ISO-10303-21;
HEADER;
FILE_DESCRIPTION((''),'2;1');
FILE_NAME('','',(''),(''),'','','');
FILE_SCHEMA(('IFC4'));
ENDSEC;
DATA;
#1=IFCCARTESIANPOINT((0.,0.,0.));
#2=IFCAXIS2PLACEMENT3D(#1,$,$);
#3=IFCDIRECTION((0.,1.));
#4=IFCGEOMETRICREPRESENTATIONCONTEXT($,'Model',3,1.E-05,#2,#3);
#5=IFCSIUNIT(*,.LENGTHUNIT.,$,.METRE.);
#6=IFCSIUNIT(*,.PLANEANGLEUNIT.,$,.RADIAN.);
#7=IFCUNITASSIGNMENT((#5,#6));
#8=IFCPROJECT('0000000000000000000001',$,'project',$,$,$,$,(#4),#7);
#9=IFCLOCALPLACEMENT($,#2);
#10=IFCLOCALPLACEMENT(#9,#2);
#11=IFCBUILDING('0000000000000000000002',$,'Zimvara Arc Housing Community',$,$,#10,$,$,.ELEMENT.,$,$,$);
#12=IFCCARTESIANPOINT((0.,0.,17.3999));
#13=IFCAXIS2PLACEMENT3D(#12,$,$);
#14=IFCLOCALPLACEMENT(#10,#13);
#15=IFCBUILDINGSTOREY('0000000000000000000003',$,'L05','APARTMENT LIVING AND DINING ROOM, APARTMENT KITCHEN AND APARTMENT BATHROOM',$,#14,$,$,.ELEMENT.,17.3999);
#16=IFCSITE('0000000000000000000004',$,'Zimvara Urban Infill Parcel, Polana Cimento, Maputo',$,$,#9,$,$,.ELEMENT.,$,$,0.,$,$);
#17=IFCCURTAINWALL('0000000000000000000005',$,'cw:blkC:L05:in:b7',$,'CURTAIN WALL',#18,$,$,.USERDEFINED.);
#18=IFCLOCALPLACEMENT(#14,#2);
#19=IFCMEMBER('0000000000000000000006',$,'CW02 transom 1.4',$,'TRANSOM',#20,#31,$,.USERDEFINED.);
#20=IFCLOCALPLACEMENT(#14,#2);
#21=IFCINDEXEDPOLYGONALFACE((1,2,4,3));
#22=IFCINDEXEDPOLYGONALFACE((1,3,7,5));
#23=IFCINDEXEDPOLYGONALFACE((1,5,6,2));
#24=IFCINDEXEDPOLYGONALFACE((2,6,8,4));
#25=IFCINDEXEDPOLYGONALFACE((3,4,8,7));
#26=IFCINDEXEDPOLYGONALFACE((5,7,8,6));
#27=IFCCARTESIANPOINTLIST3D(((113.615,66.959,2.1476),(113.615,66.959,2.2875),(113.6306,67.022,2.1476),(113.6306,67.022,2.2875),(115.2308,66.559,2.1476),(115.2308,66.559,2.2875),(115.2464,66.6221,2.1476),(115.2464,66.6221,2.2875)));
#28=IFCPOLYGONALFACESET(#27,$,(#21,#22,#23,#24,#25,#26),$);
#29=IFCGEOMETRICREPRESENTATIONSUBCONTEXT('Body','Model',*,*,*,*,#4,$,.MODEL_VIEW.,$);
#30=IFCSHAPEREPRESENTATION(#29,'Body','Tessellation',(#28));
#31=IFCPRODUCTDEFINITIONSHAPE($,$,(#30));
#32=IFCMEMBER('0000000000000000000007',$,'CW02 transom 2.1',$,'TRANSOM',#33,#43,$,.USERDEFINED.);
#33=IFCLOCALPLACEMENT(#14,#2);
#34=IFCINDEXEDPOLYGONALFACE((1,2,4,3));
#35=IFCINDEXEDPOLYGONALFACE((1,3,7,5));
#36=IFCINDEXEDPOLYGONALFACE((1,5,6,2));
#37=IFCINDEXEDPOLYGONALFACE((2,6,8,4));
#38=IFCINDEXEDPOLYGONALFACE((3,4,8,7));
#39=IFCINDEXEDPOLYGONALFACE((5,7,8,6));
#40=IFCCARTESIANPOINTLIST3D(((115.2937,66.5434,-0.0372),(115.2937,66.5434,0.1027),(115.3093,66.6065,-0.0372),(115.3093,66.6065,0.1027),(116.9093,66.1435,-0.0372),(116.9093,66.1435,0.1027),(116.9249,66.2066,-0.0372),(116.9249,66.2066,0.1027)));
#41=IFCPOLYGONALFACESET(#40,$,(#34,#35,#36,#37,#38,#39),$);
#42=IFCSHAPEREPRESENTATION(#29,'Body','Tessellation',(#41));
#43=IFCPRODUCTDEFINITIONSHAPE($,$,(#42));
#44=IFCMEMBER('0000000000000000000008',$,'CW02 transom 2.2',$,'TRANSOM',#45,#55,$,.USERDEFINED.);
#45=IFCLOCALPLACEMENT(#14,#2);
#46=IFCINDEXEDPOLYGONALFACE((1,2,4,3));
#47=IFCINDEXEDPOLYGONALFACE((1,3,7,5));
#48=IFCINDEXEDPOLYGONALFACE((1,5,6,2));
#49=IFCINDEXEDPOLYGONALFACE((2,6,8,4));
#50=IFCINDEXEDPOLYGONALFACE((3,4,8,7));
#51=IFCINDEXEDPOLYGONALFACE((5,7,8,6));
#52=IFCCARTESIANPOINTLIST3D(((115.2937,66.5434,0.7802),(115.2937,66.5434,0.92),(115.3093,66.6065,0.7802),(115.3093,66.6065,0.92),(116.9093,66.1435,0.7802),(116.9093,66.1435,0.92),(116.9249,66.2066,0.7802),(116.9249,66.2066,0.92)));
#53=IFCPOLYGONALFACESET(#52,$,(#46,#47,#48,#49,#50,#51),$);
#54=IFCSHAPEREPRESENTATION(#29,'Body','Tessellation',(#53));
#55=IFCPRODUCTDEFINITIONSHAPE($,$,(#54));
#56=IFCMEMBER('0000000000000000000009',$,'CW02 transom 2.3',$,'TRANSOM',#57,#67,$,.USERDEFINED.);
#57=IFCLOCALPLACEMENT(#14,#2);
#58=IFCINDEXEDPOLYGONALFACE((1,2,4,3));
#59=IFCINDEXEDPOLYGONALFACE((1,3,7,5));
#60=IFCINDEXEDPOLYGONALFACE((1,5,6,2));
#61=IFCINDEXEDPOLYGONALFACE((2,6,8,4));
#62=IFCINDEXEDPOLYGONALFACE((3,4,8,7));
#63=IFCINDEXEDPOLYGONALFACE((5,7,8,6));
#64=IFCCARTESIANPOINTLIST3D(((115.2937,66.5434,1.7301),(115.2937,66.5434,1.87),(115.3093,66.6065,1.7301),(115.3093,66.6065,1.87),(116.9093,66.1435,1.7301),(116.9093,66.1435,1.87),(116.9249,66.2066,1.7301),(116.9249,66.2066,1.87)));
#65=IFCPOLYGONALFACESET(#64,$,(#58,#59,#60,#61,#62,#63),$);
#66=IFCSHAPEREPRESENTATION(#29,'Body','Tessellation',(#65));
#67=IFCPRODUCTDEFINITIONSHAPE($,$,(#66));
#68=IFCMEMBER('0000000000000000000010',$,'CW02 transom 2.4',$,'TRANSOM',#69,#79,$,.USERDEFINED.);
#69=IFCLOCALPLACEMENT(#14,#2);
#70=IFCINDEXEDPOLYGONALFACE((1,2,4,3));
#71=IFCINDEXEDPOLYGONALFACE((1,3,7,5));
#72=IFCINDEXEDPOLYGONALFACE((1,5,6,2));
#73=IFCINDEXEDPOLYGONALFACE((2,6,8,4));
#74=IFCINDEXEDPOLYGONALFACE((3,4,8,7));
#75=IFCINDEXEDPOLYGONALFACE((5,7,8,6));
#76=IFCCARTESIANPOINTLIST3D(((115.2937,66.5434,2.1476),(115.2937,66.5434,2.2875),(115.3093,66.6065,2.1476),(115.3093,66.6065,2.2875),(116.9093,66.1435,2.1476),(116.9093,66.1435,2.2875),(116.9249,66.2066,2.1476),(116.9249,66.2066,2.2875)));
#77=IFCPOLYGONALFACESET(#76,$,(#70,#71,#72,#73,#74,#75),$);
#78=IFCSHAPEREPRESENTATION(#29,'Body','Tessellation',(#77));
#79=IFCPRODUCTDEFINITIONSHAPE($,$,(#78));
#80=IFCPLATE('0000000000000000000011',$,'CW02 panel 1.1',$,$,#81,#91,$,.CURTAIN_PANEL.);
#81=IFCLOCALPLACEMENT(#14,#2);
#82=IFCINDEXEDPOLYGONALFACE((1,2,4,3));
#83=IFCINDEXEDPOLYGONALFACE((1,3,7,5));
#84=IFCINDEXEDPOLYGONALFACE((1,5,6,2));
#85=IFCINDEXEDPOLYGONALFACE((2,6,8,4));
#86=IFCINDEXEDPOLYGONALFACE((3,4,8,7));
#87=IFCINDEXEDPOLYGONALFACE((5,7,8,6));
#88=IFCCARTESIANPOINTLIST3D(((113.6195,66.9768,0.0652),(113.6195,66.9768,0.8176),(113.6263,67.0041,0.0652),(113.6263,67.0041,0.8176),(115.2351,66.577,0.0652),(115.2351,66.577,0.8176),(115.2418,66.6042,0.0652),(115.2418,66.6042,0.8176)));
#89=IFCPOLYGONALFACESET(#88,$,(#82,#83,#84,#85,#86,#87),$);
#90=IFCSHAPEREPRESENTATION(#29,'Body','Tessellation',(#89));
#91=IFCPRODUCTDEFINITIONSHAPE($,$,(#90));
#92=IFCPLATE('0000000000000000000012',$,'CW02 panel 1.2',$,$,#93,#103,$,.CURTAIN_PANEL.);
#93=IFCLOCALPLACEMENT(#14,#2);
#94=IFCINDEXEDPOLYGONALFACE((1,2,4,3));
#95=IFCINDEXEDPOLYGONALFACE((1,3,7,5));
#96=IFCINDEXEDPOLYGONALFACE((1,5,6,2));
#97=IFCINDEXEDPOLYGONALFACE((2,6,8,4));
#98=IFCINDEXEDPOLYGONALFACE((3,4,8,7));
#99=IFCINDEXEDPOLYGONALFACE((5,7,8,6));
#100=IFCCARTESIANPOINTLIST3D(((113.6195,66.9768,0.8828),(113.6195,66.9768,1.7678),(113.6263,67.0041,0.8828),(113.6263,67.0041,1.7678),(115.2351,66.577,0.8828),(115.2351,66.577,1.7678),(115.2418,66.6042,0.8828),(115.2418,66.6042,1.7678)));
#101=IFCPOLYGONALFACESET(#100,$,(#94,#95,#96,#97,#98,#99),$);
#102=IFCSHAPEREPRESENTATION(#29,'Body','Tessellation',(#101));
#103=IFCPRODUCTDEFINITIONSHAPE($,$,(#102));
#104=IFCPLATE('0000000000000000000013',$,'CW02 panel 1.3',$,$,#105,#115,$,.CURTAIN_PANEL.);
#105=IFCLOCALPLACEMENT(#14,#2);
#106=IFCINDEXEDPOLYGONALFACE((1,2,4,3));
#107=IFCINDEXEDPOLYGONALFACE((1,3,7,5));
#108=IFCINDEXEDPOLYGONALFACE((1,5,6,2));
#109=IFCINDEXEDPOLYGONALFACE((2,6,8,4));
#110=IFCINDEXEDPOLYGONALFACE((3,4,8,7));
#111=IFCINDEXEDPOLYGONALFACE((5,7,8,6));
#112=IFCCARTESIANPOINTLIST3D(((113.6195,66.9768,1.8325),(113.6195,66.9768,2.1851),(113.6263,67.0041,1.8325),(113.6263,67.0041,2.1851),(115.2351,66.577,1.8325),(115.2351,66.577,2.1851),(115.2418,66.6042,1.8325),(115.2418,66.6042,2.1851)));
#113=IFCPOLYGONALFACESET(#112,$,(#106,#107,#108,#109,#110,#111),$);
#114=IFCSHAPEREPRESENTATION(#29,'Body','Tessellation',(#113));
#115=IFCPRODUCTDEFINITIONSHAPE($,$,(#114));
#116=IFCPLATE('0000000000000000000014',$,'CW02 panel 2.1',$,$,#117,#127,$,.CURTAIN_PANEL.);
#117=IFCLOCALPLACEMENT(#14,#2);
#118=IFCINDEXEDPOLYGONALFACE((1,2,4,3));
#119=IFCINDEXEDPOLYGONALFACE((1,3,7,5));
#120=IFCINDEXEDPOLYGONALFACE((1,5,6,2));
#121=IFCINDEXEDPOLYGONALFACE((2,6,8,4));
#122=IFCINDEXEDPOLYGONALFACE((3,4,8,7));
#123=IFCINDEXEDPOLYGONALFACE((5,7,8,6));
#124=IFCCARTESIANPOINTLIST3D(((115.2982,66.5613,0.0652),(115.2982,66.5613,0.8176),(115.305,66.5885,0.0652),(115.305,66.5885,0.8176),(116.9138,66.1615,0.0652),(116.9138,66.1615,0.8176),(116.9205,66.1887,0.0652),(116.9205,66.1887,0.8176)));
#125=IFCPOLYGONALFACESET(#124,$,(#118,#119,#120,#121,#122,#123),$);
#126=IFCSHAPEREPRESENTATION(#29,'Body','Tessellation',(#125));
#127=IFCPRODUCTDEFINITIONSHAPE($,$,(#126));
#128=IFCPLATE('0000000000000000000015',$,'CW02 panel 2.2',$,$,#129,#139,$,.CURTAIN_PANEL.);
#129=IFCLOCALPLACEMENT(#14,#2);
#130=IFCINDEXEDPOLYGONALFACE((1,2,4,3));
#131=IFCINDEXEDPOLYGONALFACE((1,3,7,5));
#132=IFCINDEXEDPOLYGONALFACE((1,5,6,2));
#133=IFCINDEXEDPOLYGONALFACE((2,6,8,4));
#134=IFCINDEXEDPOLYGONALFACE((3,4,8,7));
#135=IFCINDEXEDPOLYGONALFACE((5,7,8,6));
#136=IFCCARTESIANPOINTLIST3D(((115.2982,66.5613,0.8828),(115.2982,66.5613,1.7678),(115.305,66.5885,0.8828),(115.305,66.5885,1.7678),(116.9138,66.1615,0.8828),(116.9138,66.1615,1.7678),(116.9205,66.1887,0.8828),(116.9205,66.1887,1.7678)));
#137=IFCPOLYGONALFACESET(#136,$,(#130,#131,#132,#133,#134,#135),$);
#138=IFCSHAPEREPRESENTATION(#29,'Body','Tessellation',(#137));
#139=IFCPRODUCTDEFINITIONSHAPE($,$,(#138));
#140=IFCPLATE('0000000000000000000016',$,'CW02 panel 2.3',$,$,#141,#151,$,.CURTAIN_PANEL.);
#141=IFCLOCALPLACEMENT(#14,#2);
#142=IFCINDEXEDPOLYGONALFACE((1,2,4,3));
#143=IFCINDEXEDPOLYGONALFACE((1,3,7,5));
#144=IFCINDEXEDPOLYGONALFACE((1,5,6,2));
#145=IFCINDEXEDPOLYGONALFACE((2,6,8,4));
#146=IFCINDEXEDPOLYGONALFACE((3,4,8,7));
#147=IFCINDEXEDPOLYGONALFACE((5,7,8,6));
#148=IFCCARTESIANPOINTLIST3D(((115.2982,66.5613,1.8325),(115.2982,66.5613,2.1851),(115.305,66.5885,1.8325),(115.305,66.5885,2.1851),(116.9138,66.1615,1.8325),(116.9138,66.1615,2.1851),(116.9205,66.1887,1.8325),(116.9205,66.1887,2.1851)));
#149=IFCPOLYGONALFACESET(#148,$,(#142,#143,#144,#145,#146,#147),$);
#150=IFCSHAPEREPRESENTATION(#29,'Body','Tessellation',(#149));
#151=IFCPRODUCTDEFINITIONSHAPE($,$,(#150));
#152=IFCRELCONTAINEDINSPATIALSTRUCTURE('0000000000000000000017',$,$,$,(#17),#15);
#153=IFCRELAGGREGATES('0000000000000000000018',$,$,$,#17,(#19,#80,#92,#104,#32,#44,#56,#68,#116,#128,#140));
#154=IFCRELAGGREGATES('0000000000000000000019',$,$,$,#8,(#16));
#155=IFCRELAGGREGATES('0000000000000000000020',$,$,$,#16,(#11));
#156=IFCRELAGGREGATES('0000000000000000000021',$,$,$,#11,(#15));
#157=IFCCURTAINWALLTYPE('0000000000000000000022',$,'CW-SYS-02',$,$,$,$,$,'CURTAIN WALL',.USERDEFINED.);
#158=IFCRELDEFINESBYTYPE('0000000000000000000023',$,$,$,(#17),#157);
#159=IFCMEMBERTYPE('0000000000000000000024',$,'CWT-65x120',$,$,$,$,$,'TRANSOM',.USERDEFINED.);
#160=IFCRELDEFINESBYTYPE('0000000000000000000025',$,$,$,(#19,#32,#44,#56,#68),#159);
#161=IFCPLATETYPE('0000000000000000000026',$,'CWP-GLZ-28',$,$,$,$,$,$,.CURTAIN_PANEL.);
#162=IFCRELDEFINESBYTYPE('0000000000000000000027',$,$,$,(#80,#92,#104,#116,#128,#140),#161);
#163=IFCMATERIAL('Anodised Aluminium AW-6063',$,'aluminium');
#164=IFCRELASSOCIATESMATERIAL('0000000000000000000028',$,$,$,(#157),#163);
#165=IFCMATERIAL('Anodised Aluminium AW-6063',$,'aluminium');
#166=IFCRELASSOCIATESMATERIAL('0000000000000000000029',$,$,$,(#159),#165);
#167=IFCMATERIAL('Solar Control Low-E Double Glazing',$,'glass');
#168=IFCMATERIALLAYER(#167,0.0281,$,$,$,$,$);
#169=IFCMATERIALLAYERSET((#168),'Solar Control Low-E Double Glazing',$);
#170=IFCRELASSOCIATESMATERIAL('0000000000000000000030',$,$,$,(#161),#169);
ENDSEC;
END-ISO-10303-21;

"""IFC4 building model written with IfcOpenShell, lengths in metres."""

from ifc_helpers import new_model, si_unit, direction, frame, origin, origin_2d, place, context, subcontext, project, spatial, rectangle, extrude, material, layer, layer_set, material_profile, profile_set, type_object, element, aggregate, save


model = new_model("IFC4")

# Units and contexts
model_context = context("Model", 3, precision=1e-05, world=origin(), true_north=direction((0.0, 1.0)))
body_context = subcontext(model_context, "Body", "Model", "MODEL_VIEW")
ifc_project = project(units=[si_unit("LENGTHUNIT", "METRE"), si_unit("PLANEANGLEUNIT", "RADIAN")], contexts=[model_context])

# Site, building, storey
site_placement = place(None, origin())
site = spatial("IfcSite", under=ifc_project, at=site_placement, Name="Zimvara Urban Infill Parcel, Polana Cimento, Maputo", CompositionType="ELEMENT", RefElevation=0.0)
building_placement = place(site_placement, origin())
building = spatial("IfcBuilding", under=site, at=building_placement, Name="Zimvara Arc Housing Community", CompositionType="ELEMENT")
storey_placement = place(building_placement, frame((0.0, 0.0, 17.3999)))
storey = spatial("IfcBuildingStorey", under=building, at=storey_placement, Name="L05", Description="APARTMENT LIVING AND DINING ROOM, APARTMENT KITCHEN AND APARTMENT BATHROOM", CompositionType="ELEMENT", Elevation=17.3999)

# Curtain wall, members, plates
ifc_material_1 = material(Name="Anodised Aluminium AW-6063", Category="aluminium")
curtain_wall_type = type_object("IfcCurtainWallType", Name="CW-SYS-02", ElementType="CURTAIN WALL", PredefinedType="USERDEFINED", material=ifc_material_1)
curtain_wall_placement = place(storey_placement, origin())
curtain_wall = element("IfcCurtainWall", 1, at=curtain_wall_placement, inside=storey, type_object=curtain_wall_type, Name="cw:blkC:L05:in:b7", ObjectType="CURTAIN WALL", PredefinedType="USERDEFINED")
ifc_material_2 = material(Name="Anodised Aluminium AW-6063", Category="aluminium")
ifc_material_profile_1 = material_profile(ifc_material_2, rectangle(XDim=0.0649, YDim=0.1399, at=origin_2d()), Name="ALU 65x140")
ifc_profile_set_1 = profile_set([ifc_material_profile_1], Name="Anodised Aluminium AW-6063")
member_type_1 = type_object("IfcMemberType", Name="CWT-65x120", ElementType="TRANSOM", PredefinedType="USERDEFINED", material=ifc_profile_set_1)
member_1_placement = place(storey_placement, frame((113.6228, 66.9905, 2.2175), z_axis=(0.970709, -0.240257, 0.0), x_axis=(0.240257, 0.970709, 0.0)))
member_1 = element("IfcMember", 2, at=member_1_placement, type_object=member_type_1, Name="CW02 transom 1.4", ObjectType="TRANSOM", PredefinedType="USERDEFINED", context=body_context, shape_type="SweptSolid", body=[
    extrude(rectangle(XDim=0.0649, YDim=0.1399, at=origin_2d()), origin(), (0.0, 0.0, 1.0), 1.6646),
])
member_2_placement = place(storey_placement, frame((115.3015, 66.575, 0.0327), z_axis=(0.970701, -0.240291, 0.0), x_axis=(0.240291, 0.970701, 0.0)))
member_2 = element("IfcMember", 3, at=member_2_placement, type_object=member_type_1, Name="CW02 transom 2.1", ObjectType="TRANSOM", PredefinedType="USERDEFINED", context=body_context, shape_type="SweptSolid", body=[
    extrude(rectangle(XDim=0.0649, YDim=0.1399, at=origin_2d()), origin(), (0.0, 0.0, 1.0), 1.6643),
])
member_3_placement = place(storey_placement, frame((115.3015, 66.575, 0.8501), z_axis=(0.970701, -0.240291, 0.0), x_axis=(0.240291, 0.970701, 0.0)))
member_3 = element("IfcMember", 4, at=member_3_placement, type_object=member_type_1, Name="CW02 transom 2.2", ObjectType="TRANSOM", PredefinedType="USERDEFINED", context=body_context, shape_type="SweptSolid", body=[
    extrude(rectangle(XDim=0.0649, YDim=0.1399, at=origin_2d()), origin(), (0.0, 0.0, 1.0), 1.6643),
])
member_4_placement = place(storey_placement, frame((115.3015, 66.575, 1.8), z_axis=(0.970701, -0.240291, 0.0), x_axis=(0.240291, 0.970701, 0.0)))
member_4 = element("IfcMember", 5, at=member_4_placement, type_object=member_type_1, Name="CW02 transom 2.3", ObjectType="TRANSOM", PredefinedType="USERDEFINED", context=body_context, shape_type="SweptSolid", body=[
    extrude(rectangle(XDim=0.0649, YDim=0.1399, at=origin_2d()), origin(), (0.0, 0.0, 1.0), 1.6643),
])
member_5_placement = place(storey_placement, frame((115.3015, 66.575, 2.2175), z_axis=(0.970701, -0.240291, 0.0), x_axis=(0.240291, 0.970701, 0.0)))
member_5 = element("IfcMember", 6, at=member_5_placement, type_object=member_type_1, Name="CW02 transom 2.4", ObjectType="TRANSOM", PredefinedType="USERDEFINED", context=body_context, shape_type="SweptSolid", body=[
    extrude(rectangle(XDim=0.0649, YDim=0.1399, at=origin_2d()), origin(), (0.0, 0.0, 1.0), 1.6643),
])
ifc_material_3 = material(Name="Solar Control Low-E Double Glazing", Category="glass")
ifc_layer_1 = layer(ifc_material_3, 0.0281)
ifc_layer_set_1 = layer_set([ifc_layer_1], Name="Solar Control Low-E Double Glazing")
plate_type = type_object("IfcPlateType", Name="CWP-GLZ-28", PredefinedType="CURTAIN_PANEL", material=ifc_layer_set_1)
plate_1_placement = place(storey_placement, frame((114.4307, 66.7905, 0.0652), z_axis=(0.0, 0.0, 1.0), x_axis=(0.970717, -0.240228, 0.0)))
plate_1 = element("IfcPlate", 7, at=plate_1_placement, type_object=plate_type, Name="CW02 panel 1.1", PredefinedType="CURTAIN_PANEL", context=body_context, shape_type="SweptSolid", body=[
    extrude(rectangle(XDim=1.6643, YDim=0.0281, at=origin_2d()), origin(), (0.0, 0.0, 1.0), 0.7524),
])
plate_2_placement = place(storey_placement, frame((114.4307, 66.7905, 0.8828), z_axis=(0.0, 0.0, 1.0), x_axis=(0.970717, -0.240228, 0.0)))
plate_2 = element("IfcPlate", 8, at=plate_2_placement, type_object=plate_type, Name="CW02 panel 1.2", PredefinedType="CURTAIN_PANEL", context=body_context, shape_type="SweptSolid", body=[
    extrude(rectangle(XDim=1.6643, YDim=0.0281, at=origin_2d()), origin(), (0.0, 0.0, 1.0), 0.885),
])
plate_3_placement = place(storey_placement, frame((114.4307, 66.7905, 1.8325), z_axis=(0.0, 0.0, 1.0), x_axis=(0.970717, -0.240228, 0.0)))
plate_3 = element("IfcPlate", 9, at=plate_3_placement, type_object=plate_type, Name="CW02 panel 1.3", PredefinedType="CURTAIN_PANEL", context=body_context, shape_type="SweptSolid", body=[
    extrude(rectangle(XDim=1.6643, YDim=0.0281, at=origin_2d()), origin(), (0.0, 0.0, 1.0), 0.3525),
])
plate_4_placement = place(storey_placement, frame((116.1094, 66.375, 0.0652), z_axis=(0.0, 0.0, 1.0), x_axis=(0.970717, -0.240228, 0.0)))
plate_4 = element("IfcPlate", 10, at=plate_4_placement, type_object=plate_type, Name="CW02 panel 2.1", PredefinedType="CURTAIN_PANEL", context=body_context, shape_type="SweptSolid", body=[
    extrude(rectangle(XDim=1.6643, YDim=0.0281, at=origin_2d()), origin(), (0.0, 0.0, 1.0), 0.7524),
])
plate_5_placement = place(storey_placement, frame((116.1094, 66.375, 0.8828), z_axis=(0.0, 0.0, 1.0), x_axis=(0.970717, -0.240228, 0.0)))
plate_5 = element("IfcPlate", 11, at=plate_5_placement, type_object=plate_type, Name="CW02 panel 2.2", PredefinedType="CURTAIN_PANEL", context=body_context, shape_type="SweptSolid", body=[
    extrude(rectangle(XDim=1.6643, YDim=0.0281, at=origin_2d()), origin(), (0.0, 0.0, 1.0), 0.885),
])
plate_6_placement = place(storey_placement, frame((116.1094, 66.375, 1.8325), z_axis=(0.0, 0.0, 1.0), x_axis=(0.970717, -0.240228, 0.0)))
plate_6 = element("IfcPlate", 12, at=plate_6_placement, type_object=plate_type, Name="CW02 panel 2.3", PredefinedType="CURTAIN_PANEL", context=body_context, shape_type="SweptSolid", body=[
    extrude(rectangle(XDim=1.6643, YDim=0.0281, at=origin_2d()), origin(), (0.0, 0.0, 1.0), 0.3525),
])
aggregate(curtain_wall, [member_1, plate_1, plate_2, plate_3, member_2, member_3, member_4, member_5, plate_4, plate_5, plate_6])

save(model, "model.ifc")
